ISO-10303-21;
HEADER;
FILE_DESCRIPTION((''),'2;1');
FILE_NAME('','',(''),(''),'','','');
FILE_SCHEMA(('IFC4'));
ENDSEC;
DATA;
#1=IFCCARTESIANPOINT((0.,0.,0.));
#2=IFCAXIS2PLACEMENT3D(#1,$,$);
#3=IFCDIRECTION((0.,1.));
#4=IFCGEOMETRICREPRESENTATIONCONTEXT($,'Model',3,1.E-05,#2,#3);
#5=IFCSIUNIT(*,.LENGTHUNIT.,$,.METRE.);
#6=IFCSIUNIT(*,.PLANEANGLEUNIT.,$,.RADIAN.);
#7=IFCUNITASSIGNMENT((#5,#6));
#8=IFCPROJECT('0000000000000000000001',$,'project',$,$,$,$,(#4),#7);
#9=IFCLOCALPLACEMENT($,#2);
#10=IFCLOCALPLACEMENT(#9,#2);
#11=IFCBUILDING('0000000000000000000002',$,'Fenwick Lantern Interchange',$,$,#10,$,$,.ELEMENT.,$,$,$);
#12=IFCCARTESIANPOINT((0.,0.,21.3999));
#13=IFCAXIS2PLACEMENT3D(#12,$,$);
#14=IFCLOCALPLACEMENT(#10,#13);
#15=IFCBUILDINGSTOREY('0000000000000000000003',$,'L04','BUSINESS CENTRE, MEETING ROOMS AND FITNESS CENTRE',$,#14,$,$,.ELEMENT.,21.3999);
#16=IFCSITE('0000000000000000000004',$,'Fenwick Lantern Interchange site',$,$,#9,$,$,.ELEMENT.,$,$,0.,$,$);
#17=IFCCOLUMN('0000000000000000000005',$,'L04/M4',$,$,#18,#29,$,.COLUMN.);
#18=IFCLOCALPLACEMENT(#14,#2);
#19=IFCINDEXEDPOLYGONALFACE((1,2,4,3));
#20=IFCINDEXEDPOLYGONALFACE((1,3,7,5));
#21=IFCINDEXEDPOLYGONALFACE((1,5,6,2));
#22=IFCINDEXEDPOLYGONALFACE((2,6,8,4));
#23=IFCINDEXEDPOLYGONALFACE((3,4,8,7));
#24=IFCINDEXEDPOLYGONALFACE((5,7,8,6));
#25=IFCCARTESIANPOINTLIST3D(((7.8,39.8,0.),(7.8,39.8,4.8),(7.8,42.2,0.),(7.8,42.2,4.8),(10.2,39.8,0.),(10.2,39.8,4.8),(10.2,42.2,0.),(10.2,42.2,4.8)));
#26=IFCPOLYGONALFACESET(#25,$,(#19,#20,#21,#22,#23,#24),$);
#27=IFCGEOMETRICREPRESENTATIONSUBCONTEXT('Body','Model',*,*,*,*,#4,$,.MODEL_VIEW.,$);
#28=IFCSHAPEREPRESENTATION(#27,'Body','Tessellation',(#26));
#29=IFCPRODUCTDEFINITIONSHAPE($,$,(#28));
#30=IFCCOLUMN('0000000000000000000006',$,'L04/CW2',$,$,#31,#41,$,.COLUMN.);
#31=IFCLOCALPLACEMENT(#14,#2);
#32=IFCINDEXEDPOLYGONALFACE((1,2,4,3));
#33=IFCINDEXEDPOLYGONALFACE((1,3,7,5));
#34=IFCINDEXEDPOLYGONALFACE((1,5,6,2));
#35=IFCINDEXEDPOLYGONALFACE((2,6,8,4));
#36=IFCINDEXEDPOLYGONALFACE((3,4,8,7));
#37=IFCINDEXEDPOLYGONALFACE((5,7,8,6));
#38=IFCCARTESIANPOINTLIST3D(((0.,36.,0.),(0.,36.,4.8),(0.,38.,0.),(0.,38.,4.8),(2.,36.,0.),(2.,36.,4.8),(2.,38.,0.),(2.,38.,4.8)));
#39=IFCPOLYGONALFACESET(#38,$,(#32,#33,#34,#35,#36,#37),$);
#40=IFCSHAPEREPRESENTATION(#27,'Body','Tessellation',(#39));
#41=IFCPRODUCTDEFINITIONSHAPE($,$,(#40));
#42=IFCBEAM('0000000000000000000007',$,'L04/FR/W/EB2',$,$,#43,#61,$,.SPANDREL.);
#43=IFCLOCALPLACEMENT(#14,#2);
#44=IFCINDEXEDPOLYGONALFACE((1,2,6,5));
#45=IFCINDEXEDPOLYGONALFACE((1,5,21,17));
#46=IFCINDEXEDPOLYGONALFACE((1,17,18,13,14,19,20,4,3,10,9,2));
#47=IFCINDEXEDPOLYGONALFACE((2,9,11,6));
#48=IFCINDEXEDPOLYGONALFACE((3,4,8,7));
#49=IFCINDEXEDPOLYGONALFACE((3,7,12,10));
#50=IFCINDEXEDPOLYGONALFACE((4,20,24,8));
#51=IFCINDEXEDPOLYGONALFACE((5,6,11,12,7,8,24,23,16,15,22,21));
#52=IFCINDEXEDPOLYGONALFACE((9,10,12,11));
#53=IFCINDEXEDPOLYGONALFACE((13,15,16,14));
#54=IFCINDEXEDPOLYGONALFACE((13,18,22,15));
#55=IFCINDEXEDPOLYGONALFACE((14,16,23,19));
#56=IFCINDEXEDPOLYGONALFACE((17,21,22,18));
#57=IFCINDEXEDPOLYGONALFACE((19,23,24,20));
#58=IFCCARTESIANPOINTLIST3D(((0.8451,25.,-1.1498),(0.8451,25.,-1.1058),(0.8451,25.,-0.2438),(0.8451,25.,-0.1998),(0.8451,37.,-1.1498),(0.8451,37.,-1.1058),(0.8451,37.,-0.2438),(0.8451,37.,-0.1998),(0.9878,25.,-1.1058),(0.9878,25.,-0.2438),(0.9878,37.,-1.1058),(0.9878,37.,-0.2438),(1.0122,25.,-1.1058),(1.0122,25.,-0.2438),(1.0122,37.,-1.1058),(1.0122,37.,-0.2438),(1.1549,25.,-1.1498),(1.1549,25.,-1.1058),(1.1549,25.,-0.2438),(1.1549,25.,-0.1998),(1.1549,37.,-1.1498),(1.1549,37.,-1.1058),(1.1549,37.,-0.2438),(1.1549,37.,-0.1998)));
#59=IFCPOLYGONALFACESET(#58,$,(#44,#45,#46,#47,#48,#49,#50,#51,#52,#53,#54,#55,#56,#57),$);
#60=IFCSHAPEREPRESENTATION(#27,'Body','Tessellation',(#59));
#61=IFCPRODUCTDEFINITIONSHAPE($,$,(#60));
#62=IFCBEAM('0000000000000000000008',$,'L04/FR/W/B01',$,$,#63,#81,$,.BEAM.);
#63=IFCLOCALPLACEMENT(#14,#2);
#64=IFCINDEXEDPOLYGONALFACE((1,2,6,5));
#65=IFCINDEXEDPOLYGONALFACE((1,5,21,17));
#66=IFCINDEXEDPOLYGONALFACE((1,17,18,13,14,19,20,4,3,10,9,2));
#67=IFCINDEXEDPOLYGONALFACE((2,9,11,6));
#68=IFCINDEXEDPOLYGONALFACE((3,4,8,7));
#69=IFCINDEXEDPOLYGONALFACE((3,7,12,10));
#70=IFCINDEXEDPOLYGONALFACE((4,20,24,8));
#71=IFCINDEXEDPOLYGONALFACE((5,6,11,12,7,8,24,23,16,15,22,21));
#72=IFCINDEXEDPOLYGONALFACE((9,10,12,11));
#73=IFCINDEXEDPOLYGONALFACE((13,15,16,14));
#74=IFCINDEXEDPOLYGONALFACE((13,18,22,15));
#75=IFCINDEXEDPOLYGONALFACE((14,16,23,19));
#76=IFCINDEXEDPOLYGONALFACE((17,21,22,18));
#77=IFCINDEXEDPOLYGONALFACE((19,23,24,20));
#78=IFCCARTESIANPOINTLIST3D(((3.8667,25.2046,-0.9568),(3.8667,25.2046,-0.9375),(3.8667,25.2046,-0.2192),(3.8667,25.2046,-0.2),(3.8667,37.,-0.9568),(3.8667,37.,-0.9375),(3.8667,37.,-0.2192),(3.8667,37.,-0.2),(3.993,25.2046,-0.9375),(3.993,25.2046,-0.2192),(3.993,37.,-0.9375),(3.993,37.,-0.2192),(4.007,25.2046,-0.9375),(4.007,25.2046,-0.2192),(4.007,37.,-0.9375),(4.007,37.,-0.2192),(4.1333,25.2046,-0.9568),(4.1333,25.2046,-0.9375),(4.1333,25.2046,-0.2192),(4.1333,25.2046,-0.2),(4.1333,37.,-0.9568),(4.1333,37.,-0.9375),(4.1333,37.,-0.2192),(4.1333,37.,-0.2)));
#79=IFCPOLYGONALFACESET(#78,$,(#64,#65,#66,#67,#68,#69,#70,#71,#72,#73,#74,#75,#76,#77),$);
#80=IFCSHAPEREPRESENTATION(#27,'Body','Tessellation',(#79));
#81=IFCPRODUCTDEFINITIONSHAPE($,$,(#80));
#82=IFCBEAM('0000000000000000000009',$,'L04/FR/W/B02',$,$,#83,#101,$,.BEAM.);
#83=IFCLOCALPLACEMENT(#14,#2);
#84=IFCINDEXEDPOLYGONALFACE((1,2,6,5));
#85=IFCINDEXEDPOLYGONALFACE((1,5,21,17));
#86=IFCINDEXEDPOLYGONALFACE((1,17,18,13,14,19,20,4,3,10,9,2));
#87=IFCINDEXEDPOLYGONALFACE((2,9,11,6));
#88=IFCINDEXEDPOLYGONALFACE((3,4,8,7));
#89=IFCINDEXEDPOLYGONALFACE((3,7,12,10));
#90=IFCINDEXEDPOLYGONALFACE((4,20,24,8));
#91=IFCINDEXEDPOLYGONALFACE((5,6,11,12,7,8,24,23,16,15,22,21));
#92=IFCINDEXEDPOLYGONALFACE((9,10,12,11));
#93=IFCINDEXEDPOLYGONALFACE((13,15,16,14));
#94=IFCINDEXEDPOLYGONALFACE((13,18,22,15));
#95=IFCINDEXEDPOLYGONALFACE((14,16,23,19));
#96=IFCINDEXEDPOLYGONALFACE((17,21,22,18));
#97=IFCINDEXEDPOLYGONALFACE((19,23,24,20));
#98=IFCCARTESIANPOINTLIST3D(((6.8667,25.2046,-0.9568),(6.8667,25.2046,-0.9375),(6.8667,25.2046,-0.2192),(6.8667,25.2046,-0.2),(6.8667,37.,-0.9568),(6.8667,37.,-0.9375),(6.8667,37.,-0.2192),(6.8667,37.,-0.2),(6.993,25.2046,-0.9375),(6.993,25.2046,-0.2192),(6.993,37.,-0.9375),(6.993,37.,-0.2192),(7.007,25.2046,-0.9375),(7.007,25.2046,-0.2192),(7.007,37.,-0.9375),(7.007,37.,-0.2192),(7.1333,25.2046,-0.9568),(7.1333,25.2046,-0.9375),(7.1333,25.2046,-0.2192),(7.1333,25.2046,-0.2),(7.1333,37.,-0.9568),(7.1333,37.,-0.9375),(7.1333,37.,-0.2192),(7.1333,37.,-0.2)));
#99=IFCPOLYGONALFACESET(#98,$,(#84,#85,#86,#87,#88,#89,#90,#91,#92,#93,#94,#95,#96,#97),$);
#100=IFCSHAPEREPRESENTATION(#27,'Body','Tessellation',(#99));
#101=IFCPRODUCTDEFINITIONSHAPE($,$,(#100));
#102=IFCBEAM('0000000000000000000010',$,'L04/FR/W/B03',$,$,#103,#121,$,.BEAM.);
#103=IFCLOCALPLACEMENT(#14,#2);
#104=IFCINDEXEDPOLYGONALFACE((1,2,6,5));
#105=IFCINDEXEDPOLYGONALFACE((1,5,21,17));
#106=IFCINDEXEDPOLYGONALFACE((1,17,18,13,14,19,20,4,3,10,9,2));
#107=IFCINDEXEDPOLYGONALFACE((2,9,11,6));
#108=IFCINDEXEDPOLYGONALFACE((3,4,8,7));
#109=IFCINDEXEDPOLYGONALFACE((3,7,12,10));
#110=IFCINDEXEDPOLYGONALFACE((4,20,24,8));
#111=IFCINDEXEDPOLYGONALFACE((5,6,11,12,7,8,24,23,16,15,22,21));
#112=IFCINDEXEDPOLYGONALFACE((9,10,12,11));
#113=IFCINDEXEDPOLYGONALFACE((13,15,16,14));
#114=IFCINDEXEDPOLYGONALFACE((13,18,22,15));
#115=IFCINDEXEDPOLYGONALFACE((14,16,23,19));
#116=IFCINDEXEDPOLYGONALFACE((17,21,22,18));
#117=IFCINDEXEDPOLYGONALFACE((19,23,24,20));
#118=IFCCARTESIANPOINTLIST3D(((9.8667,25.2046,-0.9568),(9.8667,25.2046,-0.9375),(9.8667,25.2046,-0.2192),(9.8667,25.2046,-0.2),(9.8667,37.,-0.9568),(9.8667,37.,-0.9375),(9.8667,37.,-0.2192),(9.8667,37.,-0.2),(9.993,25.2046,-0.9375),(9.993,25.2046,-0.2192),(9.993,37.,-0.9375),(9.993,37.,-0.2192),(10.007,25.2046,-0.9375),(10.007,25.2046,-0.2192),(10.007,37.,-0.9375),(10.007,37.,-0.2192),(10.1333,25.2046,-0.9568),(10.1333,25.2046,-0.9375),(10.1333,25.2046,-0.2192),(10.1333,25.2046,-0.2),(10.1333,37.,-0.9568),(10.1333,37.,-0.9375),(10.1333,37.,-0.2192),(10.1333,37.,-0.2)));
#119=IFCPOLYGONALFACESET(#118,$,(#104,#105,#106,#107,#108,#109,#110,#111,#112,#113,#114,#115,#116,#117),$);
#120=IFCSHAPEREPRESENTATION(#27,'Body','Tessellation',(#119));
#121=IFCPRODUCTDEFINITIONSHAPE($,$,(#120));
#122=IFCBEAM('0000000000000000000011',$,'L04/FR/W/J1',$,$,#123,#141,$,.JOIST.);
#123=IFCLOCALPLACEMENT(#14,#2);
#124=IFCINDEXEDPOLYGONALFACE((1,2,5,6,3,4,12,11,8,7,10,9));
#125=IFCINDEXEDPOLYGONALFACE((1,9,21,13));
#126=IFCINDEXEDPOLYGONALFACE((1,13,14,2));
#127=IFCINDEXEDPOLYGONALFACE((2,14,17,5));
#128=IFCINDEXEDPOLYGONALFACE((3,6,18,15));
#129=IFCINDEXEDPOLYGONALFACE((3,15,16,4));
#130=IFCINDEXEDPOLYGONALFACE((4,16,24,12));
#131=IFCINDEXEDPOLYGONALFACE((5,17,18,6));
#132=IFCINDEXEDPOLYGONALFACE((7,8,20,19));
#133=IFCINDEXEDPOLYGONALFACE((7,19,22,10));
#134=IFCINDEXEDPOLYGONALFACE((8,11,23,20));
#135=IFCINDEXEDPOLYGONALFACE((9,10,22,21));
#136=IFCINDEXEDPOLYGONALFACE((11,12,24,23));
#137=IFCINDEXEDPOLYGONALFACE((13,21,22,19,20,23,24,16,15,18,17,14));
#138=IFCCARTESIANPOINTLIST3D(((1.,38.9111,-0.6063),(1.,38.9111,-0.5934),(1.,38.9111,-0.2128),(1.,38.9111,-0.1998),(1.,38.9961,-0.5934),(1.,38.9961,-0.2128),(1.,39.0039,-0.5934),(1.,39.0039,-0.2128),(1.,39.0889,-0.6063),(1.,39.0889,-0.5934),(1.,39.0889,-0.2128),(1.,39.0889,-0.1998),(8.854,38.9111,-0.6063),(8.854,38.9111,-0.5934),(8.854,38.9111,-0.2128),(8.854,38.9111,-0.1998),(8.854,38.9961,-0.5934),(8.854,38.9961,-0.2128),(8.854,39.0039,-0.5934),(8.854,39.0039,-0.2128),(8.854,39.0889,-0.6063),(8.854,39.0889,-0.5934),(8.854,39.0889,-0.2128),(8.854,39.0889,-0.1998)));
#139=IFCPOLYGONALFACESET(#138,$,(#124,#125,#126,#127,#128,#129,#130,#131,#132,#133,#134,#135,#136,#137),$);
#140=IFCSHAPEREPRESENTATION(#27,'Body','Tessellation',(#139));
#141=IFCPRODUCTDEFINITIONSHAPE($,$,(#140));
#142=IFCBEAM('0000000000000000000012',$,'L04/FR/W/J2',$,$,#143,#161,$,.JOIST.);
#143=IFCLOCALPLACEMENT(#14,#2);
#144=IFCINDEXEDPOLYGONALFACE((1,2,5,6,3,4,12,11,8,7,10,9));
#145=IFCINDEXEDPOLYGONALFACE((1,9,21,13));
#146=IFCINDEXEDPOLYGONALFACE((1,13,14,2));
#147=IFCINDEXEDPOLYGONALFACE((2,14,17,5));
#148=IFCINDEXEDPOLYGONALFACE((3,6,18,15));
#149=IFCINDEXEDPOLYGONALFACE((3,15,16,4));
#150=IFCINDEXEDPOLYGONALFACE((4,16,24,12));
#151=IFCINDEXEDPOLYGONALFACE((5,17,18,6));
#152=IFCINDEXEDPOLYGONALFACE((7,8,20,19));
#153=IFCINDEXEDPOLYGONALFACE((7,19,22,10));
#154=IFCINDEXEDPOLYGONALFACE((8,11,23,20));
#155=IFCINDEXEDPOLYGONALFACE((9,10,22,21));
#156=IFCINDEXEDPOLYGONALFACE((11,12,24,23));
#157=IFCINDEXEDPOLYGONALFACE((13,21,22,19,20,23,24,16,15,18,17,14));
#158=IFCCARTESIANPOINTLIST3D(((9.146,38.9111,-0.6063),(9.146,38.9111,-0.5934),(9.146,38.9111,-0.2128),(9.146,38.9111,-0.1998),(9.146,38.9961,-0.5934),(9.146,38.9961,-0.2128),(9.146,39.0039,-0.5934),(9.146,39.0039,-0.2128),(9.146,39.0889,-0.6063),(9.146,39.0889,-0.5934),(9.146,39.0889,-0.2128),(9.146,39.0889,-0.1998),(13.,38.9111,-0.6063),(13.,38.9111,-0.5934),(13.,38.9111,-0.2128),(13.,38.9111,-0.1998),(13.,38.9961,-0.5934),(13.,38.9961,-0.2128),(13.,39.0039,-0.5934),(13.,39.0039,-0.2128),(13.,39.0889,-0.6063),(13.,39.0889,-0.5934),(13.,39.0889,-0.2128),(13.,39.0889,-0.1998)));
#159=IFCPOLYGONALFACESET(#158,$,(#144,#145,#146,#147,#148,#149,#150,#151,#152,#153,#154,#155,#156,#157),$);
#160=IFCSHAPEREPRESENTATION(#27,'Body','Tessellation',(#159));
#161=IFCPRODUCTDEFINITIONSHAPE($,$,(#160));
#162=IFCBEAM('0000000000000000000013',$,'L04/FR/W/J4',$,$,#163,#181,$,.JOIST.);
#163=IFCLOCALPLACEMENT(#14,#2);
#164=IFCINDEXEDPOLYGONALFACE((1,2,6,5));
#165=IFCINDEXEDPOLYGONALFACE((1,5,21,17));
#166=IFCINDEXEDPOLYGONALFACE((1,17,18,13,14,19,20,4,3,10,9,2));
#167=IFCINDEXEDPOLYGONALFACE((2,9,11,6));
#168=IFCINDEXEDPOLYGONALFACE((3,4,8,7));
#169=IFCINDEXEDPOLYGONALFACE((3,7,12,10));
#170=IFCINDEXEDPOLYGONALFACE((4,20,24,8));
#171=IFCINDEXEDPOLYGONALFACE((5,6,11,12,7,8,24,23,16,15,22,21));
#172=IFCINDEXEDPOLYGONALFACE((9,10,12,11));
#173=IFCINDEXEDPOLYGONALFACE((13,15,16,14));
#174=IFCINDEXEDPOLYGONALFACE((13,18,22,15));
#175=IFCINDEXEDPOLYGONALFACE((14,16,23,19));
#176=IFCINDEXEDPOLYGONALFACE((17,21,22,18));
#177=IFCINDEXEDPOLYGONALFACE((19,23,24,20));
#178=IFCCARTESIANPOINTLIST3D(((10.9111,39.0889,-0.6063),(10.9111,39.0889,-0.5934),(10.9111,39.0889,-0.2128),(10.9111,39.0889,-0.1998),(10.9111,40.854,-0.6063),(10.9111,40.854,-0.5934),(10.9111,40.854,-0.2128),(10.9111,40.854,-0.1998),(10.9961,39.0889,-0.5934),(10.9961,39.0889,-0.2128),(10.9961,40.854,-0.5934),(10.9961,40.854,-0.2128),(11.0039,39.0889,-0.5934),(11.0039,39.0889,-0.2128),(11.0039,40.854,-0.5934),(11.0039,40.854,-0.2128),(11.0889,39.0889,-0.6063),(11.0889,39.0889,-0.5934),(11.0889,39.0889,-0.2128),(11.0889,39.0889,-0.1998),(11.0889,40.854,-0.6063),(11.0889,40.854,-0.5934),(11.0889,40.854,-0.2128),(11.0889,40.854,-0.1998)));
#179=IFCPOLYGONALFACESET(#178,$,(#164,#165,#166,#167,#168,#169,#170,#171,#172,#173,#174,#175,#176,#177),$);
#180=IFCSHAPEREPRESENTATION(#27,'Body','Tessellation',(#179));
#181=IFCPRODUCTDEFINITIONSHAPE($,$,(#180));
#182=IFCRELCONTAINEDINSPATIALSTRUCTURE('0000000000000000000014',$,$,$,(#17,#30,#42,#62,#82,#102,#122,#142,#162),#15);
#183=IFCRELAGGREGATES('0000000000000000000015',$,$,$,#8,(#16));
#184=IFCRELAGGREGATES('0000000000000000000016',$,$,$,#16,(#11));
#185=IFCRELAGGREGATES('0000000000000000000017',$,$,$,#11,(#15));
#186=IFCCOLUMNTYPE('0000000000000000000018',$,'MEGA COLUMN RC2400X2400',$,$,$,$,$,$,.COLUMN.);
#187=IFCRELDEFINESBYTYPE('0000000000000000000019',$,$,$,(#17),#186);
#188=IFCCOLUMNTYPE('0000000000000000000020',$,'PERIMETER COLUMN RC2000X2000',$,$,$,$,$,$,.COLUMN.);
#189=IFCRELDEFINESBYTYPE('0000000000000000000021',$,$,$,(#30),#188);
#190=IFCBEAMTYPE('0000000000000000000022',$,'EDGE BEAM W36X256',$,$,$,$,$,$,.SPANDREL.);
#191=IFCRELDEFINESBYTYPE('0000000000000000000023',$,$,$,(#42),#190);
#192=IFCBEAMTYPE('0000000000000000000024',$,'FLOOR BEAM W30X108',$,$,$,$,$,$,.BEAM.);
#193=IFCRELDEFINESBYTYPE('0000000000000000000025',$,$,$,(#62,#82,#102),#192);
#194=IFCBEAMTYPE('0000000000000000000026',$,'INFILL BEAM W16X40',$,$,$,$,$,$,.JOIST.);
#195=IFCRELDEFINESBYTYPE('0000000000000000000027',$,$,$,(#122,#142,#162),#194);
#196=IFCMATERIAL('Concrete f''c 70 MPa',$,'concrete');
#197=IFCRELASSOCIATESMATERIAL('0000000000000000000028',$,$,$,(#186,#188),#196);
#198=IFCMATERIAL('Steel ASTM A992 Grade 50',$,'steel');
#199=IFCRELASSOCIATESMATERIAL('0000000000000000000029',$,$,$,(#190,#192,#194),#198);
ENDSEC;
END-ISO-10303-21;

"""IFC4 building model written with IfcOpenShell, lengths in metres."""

from ifc_helpers import new_model, si_unit, direction, frame, origin, origin_2d, place, context, subcontext, project, spatial, rectangle, i_section, extrude, material, material_profile, profile_set, type_object, element, save


model = new_model("IFC4")

# Units and contexts
model_context = context("Model", 3, precision=1e-05, world=origin(), true_north=direction((0.0, 1.0)))
body_context = subcontext(model_context, "Body", "Model", "MODEL_VIEW")
ifc_project = project(units=[si_unit("LENGTHUNIT", "METRE"), si_unit("PLANEANGLEUNIT", "RADIAN")], contexts=[model_context])

# Site, building, storey
site_placement = place(None, origin())
site = spatial("IfcSite", under=ifc_project, at=site_placement, Name="Fenwick Lantern Interchange site", CompositionType="ELEMENT", RefElevation=0.0)
building_placement = place(site_placement, origin())
building = spatial("IfcBuilding", under=site, at=building_placement, Name="Fenwick Lantern Interchange", CompositionType="ELEMENT")
storey_placement = place(building_placement, frame((0.0, 0.0, 21.3999)))
storey = spatial("IfcBuildingStorey", under=building, at=storey_placement, Name="L04", Description="BUSINESS CENTRE, MEETING ROOMS AND FITNESS CENTRE", CompositionType="ELEMENT", Elevation=21.3999)

# Columns
ifc_material_1 = material(Name="Concrete f'c 70 MPa", Category="concrete")
ifc_material_profile_1 = material_profile(ifc_material_1, rectangle(XDim=2.3999, YDim=2.3999, at=origin_2d()), Name="RC2400X2400")
ifc_profile_set_1 = profile_set([ifc_material_profile_1], Name="Concrete f'c 70 MPa")
column_type_1 = type_object("IfcColumnType", Name="MEGA COLUMN RC2400X2400", PredefinedType="COLUMN", material=ifc_profile_set_1)
column_1_placement = place(storey_placement, frame((9.0, 41.0, 0.0), z_axis=(0.0, 0.0, 1.0), x_axis=(1.0, 0.0, 0.0)))
element("IfcColumn", 1, at=column_1_placement, inside=storey, type_object=column_type_1, Name="L04/M4", PredefinedType="COLUMN", context=body_context, shape_type="SweptSolid", body=[
    extrude(rectangle(XDim=2.3999, YDim=2.3999, at=origin_2d()), origin(), (0.0, 0.0, 1.0), 4.8),
])
ifc_material_profile_2 = material_profile(ifc_material_1, rectangle(XDim=2.0, YDim=2.0, at=origin_2d()), Name="RC2000X2000")
ifc_profile_set_2 = profile_set([ifc_material_profile_2], Name="Concrete f'c 70 MPa")
column_type_2 = type_object("IfcColumnType", Name="PERIMETER COLUMN RC2000X2000", PredefinedType="COLUMN", material=ifc_profile_set_2)
column_2_placement = place(storey_placement, frame((1.0, 37.0, 0.0), z_axis=(0.0, 0.0, 1.0), x_axis=(1.0, 0.0, 0.0)))
element("IfcColumn", 2, at=column_2_placement, inside=storey, type_object=column_type_2, Name="L04/CW2", PredefinedType="COLUMN", context=body_context, shape_type="SweptSolid", body=[
    extrude(rectangle(XDim=2.0, YDim=2.0, at=origin_2d()), origin(), (0.0, 0.0, 1.0), 4.8),
])

# Beams
ifc_material_2 = material(Name="Steel ASTM A992 Grade 50", Category="steel")
ifc_material_profile_3 = material_profile(ifc_material_2, i_section(OverallWidth=0.3098, OverallDepth=0.95, WebThickness=0.0244, FlangeThickness=0.0439, at=origin_2d()), Name="W36X256")
ifc_profile_set_3 = profile_set([ifc_material_profile_3], Name="Steel ASTM A992 Grade 50")
beam_type_1 = type_object("IfcBeamType", Name="EDGE BEAM W36X256", PredefinedType="SPANDREL", material=ifc_profile_set_3)
beam_1_placement = place(storey_placement, frame((1.0, 37.0, -0.6748), z_axis=(0.0, -1.0, 0.0), x_axis=(1.0, 0.0, 0.0)))
element("IfcBeam", 3, at=beam_1_placement, inside=storey, type_object=beam_type_1, Name="L04/FR/W/EB2", PredefinedType="SPANDREL", context=body_context, shape_type="SweptSolid", body=[
    extrude(i_section(OverallWidth=0.3098, OverallDepth=0.95, WebThickness=0.0244, FlangeThickness=0.0439, at=origin_2d()), origin(), (0.0, 0.0, 1.0), 12.0),
])
ifc_material_profile_4 = material_profile(ifc_material_2, i_section(OverallWidth=0.2666, OverallDepth=0.7568, WebThickness=0.0139, FlangeThickness=0.0193, at=origin_2d()), Name="W30X108")
ifc_profile_set_4 = profile_set([ifc_material_profile_4], Name="Steel ASTM A992 Grade 50")
beam_type_2 = type_object("IfcBeamType", Name="FLOOR BEAM W30X108", PredefinedType="BEAM", material=ifc_profile_set_4)
for number, where, z_axis, x_axis, name in (
    (4, (4.0, 37.0, -0.5784), (0.0, -1.0, 0.0), (1.0, 0.0, 0.0), "L04/FR/W/B01"),
    (5, (7.0, 37.0, -0.5784), (0.0, -1.0, 0.0), (1.0, 0.0, 0.0), "L04/FR/W/B02"),
    (6, (10.0, 37.0, -0.5784), (0.0, -1.0, 0.0), (1.0, 0.0, 0.0), "L04/FR/W/B03"),
):
    element("IfcBeam", number, at=place(storey_placement, frame(where, z_axis=z_axis, x_axis=x_axis)), inside=storey, type_object=beam_type_2, Name=name, PredefinedType="BEAM", context=body_context, shape_type="SweptSolid", body=[
        extrude(i_section(OverallWidth=0.2666, OverallDepth=0.7568, WebThickness=0.0139, FlangeThickness=0.0193, at=origin_2d()), origin(), (0.0, 0.0, 1.0), 11.7954),
    ])
ifc_material_profile_5 = material_profile(ifc_material_2, i_section(OverallWidth=0.1777, OverallDepth=0.4065, WebThickness=0.0078, FlangeThickness=0.0129, at=origin_2d()), Name="W16X40")
ifc_profile_set_5 = profile_set([ifc_material_profile_5], Name="Steel ASTM A992 Grade 50")
beam_type_3 = type_object("IfcBeamType", Name="INFILL BEAM W16X40", PredefinedType="JOIST", material=ifc_profile_set_5)
beam_2_placement = place(storey_placement, frame((1.0, 39.0, -0.4031), z_axis=(1.0, 0.0, 0.0), x_axis=(0.0, 1.0, 0.0)))
element("IfcBeam", 7, at=beam_2_placement, inside=storey, type_object=beam_type_3, Name="L04/FR/W/J1", PredefinedType="JOIST", context=body_context, shape_type="SweptSolid", body=[
    extrude(i_section(OverallWidth=0.1777, OverallDepth=0.4065, WebThickness=0.0078, FlangeThickness=0.0129, at=origin_2d()), origin(), (0.0, 0.0, 1.0), 7.854),
])
beam_3_placement = place(storey_placement, frame((9.146, 39.0, -0.4031), z_axis=(1.0, 0.0, 0.0), x_axis=(0.0, 1.0, 0.0)))
element("IfcBeam", 8, at=beam_3_placement, inside=storey, type_object=beam_type_3, Name="L04/FR/W/J2", PredefinedType="JOIST", context=body_context, shape_type="SweptSolid", body=[
    extrude(i_section(OverallWidth=0.1777, OverallDepth=0.4065, WebThickness=0.0078, FlangeThickness=0.0129, at=origin_2d()), origin(), (0.0, 0.0, 1.0), 3.854),
])
beam_4_placement = place(storey_placement, frame((11.0, 40.854, -0.4031), z_axis=(0.0, -1.0, 0.0), x_axis=(1.0, 0.0, 0.0)))
element("IfcBeam", 9, at=beam_4_placement, inside=storey, type_object=beam_type_3, Name="L04/FR/W/J4", PredefinedType="JOIST", context=body_context, shape_type="SweptSolid", body=[
    extrude(i_section(OverallWidth=0.1777, OverallDepth=0.4065, WebThickness=0.0078, FlangeThickness=0.0129, at=origin_2d()), origin(), (0.0, 0.0, 1.0), 1.7651),
])

save(model, "model.ifc")
